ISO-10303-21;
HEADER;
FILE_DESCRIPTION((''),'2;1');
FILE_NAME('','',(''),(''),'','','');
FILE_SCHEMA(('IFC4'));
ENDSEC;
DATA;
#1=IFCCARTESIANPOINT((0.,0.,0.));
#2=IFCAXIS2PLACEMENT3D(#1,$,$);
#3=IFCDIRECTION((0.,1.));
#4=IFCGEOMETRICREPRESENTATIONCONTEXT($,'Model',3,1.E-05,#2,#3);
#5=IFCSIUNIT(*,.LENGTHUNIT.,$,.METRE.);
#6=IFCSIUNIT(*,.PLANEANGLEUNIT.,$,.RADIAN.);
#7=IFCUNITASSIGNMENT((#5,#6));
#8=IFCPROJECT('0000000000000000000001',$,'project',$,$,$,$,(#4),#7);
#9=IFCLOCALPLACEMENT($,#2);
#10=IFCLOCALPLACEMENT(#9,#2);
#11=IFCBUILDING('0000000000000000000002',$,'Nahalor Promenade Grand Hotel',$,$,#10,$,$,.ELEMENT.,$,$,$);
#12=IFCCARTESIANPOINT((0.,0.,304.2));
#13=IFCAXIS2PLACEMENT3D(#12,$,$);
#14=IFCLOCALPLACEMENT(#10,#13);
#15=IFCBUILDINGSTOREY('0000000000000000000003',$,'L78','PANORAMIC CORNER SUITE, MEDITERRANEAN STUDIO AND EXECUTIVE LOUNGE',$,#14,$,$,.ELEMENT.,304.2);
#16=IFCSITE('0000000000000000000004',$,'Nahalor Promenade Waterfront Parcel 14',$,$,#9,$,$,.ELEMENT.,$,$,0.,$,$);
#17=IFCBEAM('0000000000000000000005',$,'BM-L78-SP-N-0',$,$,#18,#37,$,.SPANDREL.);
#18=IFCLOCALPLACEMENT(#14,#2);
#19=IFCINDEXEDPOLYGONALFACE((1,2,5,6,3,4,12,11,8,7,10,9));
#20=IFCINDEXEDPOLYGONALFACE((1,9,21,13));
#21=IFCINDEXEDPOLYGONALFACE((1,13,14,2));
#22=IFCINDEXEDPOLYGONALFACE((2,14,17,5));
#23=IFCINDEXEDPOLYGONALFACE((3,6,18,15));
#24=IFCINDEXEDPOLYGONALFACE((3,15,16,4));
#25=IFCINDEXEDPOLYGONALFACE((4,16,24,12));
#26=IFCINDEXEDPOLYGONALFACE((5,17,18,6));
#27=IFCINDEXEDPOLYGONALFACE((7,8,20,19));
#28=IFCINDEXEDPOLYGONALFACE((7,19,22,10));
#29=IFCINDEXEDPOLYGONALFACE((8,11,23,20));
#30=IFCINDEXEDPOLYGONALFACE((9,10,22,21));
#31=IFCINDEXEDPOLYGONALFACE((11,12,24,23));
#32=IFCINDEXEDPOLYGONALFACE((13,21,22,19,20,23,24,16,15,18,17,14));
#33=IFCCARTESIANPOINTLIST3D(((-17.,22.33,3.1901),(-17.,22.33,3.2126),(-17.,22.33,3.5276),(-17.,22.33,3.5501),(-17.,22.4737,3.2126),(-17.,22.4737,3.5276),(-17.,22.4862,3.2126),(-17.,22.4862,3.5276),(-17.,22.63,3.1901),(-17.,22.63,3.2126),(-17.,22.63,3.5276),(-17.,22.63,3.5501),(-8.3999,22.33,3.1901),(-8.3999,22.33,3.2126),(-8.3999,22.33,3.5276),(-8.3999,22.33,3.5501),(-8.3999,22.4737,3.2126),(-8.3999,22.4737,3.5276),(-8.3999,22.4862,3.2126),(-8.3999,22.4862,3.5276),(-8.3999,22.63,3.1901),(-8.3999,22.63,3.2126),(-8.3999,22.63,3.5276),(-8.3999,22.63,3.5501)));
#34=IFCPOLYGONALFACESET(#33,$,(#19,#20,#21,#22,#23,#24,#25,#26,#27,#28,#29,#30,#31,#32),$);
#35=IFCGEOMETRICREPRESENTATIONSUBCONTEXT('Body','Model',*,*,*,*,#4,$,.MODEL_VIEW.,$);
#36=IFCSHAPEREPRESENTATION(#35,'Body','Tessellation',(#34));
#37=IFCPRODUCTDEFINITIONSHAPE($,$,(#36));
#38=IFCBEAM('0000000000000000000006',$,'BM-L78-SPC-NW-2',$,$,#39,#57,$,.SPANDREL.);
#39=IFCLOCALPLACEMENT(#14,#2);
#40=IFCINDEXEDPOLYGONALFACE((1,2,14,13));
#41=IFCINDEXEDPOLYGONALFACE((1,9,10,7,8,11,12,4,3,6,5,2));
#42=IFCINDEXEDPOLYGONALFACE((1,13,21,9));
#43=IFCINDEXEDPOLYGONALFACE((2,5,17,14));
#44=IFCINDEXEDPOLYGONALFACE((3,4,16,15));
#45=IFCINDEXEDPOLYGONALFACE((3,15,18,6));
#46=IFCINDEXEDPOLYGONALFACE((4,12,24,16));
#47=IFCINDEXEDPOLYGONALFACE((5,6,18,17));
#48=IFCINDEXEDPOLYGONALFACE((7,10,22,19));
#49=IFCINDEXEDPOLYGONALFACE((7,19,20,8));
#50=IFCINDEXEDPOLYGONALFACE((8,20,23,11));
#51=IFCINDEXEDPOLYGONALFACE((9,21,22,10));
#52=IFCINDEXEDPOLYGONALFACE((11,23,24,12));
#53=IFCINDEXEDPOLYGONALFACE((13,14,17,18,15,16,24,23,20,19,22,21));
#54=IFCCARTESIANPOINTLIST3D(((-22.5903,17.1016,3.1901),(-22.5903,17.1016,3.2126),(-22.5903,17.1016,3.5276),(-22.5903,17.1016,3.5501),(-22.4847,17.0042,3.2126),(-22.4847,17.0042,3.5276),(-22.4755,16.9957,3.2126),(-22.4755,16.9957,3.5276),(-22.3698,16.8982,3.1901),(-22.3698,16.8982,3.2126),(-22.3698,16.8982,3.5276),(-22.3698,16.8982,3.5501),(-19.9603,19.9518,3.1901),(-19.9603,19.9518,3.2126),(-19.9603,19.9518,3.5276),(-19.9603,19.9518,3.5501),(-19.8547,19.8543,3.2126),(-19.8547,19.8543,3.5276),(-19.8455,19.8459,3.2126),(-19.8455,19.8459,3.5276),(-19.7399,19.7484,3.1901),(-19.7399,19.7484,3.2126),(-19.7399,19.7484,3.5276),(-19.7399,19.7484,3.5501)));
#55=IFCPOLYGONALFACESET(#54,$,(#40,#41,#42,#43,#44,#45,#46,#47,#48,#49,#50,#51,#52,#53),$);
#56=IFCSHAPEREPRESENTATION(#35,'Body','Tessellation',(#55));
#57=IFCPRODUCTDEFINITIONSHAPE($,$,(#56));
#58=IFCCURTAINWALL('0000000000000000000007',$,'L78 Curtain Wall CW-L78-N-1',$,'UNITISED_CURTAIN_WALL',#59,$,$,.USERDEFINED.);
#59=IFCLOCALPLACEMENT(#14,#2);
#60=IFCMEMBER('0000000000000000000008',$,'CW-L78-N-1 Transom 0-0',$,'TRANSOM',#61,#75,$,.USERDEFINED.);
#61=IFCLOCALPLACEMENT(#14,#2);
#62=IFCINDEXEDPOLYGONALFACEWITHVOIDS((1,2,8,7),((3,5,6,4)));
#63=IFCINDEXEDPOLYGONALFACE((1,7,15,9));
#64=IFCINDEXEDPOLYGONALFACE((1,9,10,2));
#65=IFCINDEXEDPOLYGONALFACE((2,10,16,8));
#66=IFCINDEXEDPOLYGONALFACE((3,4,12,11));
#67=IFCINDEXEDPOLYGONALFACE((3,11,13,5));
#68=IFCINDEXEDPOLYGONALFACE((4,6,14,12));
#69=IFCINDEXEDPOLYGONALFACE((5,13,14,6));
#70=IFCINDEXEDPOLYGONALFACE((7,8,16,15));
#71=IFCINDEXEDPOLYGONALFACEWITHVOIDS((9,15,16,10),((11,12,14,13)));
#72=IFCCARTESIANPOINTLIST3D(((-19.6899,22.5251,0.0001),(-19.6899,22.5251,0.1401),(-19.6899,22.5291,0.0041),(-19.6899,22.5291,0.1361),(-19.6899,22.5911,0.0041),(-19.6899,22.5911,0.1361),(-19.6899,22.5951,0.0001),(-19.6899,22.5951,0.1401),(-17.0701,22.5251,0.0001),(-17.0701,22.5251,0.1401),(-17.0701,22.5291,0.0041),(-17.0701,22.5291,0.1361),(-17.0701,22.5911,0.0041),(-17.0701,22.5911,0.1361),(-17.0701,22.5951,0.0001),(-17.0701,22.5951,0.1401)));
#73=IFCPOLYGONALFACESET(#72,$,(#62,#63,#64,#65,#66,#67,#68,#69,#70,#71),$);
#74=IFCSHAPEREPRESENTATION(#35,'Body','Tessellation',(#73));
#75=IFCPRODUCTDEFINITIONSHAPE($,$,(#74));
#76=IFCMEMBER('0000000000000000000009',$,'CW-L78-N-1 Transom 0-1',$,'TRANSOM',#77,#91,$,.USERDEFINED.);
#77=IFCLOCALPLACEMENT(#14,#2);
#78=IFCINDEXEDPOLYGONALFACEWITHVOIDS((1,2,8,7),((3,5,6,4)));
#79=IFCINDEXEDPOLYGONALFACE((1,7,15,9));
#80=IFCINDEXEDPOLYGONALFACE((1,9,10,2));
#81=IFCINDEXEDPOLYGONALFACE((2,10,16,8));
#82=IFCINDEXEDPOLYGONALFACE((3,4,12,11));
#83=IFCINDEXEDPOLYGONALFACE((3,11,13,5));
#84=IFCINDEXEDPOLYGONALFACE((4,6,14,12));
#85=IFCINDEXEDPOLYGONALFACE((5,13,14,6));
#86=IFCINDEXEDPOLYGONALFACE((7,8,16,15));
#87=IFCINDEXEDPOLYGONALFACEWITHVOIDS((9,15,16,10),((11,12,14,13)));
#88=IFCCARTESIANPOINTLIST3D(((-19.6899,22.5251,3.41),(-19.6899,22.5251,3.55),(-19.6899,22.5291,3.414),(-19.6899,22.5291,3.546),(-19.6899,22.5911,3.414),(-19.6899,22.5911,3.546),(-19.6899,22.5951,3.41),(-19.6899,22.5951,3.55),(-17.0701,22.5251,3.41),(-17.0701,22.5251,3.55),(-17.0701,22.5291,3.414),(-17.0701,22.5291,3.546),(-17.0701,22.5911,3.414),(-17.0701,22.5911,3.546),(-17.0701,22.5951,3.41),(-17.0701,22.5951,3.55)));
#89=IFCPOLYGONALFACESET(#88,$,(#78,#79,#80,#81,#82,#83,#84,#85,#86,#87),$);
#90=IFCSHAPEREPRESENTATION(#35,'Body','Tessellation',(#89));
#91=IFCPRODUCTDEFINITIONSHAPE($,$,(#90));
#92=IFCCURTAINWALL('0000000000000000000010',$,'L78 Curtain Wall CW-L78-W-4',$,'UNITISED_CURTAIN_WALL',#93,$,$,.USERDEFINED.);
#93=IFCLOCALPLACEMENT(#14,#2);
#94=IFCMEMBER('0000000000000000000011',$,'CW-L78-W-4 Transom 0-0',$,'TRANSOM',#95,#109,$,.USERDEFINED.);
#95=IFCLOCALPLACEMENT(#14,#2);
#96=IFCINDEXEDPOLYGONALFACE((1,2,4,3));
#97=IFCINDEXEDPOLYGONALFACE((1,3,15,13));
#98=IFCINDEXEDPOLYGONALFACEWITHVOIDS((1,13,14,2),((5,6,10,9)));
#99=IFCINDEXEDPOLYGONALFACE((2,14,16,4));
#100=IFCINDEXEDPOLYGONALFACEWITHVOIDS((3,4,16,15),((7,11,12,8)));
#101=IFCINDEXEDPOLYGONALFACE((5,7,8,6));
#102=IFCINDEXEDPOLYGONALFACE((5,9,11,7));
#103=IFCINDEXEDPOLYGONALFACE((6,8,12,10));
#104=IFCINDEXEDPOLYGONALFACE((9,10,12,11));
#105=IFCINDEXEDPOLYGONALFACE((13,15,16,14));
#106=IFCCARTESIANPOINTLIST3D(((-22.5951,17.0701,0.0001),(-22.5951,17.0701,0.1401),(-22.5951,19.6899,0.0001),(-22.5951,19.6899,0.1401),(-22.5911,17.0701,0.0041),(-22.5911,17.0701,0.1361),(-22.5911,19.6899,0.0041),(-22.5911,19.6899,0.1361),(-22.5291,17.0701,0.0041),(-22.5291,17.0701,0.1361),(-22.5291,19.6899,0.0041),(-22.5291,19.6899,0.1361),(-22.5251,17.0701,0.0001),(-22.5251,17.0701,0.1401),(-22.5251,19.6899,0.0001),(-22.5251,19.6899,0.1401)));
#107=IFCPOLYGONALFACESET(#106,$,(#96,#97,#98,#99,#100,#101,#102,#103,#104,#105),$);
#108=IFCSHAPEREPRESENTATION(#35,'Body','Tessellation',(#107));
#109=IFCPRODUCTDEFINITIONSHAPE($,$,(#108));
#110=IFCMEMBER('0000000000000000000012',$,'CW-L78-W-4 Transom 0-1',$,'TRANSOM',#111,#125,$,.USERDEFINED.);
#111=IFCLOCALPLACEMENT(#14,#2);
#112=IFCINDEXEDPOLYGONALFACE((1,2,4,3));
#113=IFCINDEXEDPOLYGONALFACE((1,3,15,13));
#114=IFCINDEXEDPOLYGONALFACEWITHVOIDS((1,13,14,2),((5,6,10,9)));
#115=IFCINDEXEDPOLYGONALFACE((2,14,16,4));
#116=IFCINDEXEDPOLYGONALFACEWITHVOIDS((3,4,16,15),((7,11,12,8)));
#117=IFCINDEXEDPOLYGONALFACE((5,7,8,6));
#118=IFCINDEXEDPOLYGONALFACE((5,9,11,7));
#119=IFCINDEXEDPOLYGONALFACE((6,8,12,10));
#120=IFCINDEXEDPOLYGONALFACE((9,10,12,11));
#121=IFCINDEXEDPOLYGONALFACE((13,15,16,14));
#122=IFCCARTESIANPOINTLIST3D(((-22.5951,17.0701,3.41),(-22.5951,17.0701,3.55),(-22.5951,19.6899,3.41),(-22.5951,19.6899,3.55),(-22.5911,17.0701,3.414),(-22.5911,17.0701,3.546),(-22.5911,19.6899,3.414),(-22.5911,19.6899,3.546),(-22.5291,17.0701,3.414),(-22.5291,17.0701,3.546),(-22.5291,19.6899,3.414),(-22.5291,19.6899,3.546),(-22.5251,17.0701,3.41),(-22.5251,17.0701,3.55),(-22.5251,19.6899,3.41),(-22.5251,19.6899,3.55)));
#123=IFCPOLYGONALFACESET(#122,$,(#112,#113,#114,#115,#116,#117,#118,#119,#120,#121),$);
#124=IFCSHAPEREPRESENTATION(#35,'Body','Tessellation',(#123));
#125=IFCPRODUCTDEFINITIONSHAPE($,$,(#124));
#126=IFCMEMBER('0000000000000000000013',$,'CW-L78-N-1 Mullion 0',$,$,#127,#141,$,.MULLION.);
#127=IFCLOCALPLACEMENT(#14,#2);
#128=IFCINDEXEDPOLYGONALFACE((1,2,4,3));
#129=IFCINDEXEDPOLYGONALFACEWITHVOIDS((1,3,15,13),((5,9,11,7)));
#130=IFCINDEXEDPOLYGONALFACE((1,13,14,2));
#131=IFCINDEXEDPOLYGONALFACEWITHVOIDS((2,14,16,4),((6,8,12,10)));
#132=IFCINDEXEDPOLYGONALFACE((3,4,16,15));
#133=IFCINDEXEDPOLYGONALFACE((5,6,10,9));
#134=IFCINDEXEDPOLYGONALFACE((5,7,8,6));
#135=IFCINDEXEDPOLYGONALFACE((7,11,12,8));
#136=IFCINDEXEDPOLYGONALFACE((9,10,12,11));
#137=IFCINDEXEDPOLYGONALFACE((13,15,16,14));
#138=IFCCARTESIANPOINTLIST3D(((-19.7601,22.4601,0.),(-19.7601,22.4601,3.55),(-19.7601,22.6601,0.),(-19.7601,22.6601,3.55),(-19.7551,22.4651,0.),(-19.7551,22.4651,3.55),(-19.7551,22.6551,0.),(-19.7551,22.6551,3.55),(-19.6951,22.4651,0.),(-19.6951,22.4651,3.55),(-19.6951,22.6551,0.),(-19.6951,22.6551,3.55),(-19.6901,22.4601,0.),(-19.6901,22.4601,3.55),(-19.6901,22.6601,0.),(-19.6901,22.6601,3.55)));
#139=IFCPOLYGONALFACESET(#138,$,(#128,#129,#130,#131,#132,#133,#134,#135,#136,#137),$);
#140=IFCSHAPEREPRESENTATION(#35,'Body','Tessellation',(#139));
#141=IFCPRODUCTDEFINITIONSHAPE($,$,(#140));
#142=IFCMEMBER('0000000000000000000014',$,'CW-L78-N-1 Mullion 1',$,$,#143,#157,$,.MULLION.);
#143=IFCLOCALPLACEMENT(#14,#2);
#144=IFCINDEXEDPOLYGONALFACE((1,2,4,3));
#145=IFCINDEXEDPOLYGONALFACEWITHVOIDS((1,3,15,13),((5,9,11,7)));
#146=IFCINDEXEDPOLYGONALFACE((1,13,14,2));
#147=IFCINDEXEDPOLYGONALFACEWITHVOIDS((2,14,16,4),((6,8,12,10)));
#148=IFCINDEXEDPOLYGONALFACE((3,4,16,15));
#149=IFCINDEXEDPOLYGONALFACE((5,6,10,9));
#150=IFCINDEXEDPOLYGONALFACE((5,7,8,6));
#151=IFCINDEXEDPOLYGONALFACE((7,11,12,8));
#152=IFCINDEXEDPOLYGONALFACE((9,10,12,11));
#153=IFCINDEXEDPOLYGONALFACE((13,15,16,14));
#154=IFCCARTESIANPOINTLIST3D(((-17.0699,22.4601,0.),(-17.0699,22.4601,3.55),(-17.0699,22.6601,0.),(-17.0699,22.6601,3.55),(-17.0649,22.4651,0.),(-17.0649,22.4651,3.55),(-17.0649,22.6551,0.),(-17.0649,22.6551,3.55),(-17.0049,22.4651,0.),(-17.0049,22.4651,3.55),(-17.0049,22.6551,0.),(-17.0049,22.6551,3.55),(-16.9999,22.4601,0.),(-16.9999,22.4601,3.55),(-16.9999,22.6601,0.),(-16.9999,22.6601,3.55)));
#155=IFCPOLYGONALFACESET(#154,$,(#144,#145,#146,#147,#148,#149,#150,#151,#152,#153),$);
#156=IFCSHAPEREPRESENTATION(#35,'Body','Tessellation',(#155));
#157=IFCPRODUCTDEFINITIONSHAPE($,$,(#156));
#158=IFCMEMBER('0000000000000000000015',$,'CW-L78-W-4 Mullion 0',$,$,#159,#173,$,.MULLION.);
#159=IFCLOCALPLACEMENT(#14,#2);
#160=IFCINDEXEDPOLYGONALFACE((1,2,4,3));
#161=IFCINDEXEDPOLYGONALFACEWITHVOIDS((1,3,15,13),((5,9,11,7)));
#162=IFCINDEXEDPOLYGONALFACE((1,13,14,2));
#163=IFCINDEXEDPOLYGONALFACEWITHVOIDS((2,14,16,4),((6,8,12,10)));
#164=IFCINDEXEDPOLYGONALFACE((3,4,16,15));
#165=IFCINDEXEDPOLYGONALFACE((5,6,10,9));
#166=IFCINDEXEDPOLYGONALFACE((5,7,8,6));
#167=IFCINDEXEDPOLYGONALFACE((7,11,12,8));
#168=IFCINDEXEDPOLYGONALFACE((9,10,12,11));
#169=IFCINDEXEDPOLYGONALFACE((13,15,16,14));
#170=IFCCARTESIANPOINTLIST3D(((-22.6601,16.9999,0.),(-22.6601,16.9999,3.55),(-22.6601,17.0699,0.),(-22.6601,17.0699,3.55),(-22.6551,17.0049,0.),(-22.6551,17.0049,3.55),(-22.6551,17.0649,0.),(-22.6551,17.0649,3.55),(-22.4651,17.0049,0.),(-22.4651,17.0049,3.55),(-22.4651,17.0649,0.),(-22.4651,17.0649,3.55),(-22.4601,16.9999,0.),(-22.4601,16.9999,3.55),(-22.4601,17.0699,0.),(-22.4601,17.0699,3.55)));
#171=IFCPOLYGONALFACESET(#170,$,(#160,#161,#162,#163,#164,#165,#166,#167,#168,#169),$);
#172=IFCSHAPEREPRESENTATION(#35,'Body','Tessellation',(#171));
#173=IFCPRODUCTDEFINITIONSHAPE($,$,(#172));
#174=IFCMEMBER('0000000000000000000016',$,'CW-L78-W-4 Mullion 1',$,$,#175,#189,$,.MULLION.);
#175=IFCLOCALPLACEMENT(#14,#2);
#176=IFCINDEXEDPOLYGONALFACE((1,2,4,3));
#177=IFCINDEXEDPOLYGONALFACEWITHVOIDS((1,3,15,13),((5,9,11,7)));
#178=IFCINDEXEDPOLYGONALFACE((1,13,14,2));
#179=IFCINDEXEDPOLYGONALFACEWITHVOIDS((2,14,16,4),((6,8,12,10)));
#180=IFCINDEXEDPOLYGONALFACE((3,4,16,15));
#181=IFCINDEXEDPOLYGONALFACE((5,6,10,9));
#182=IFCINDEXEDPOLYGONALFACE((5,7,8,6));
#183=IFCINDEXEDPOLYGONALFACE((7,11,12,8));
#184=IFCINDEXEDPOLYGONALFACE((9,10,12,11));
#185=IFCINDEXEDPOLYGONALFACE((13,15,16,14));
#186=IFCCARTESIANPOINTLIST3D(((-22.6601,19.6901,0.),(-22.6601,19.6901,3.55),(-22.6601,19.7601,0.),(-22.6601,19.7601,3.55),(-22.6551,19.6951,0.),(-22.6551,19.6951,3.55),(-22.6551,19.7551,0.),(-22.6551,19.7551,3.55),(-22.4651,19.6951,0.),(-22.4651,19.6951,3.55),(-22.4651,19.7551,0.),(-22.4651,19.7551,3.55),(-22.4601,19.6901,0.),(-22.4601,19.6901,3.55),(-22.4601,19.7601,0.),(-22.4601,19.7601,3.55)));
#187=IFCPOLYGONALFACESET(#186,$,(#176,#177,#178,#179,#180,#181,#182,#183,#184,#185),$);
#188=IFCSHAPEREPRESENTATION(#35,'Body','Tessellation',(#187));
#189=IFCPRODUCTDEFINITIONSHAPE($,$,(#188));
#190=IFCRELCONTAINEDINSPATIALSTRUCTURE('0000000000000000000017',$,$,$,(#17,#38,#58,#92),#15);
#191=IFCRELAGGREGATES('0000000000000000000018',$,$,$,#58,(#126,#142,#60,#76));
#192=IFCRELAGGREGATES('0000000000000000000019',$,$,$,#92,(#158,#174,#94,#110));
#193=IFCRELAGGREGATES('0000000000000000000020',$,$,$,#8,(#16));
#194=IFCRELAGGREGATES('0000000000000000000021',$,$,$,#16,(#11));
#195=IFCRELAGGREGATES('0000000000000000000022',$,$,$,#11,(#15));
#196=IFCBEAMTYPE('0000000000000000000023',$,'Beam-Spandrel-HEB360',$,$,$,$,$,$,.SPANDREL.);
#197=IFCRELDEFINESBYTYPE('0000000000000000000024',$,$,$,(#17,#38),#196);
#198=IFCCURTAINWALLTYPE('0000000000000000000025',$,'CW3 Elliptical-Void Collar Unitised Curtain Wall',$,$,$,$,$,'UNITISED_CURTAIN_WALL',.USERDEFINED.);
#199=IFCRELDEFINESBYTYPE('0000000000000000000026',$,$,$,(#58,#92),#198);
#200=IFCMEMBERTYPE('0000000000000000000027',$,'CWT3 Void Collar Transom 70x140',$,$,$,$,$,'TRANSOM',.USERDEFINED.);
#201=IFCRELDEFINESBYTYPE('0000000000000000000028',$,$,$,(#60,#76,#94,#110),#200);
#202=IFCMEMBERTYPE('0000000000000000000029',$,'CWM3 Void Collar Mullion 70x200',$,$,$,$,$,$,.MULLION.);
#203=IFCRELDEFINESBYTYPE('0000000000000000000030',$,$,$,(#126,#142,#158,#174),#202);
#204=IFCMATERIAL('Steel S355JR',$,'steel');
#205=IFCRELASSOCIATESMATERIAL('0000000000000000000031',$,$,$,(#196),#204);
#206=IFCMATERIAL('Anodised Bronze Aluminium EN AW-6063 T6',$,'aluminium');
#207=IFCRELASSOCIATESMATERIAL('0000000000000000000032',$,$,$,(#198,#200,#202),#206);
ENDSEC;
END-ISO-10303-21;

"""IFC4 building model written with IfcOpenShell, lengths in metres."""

from ifc_helpers import new_model, si_unit, direction, frame, origin, origin_2d, place, context, subcontext, project, spatial, hollow_rectangle, i_section, extrude, source, transform, mapped, material, material_profile, profile_set, type_object, element, aggregate, save


model = new_model("IFC4")

# Units and contexts
model_context = context("Model", 3, precision=1e-05, world=origin(), true_north=direction((0.0, 1.0)))
body_context = subcontext(model_context, "Body", "Model", "MODEL_VIEW")
ifc_project = project(units=[si_unit("LENGTHUNIT", "METRE"), si_unit("PLANEANGLEUNIT", "RADIAN")], contexts=[model_context])

# Site, building, storey
site_placement = place(None, origin())
site = spatial("IfcSite", under=ifc_project, at=site_placement, Name="Nahalor Promenade Waterfront Parcel 14", CompositionType="ELEMENT", RefElevation=0.0)
building_placement = place(site_placement, origin())
building = spatial("IfcBuilding", under=site, at=building_placement, Name="Nahalor Promenade Grand Hotel", CompositionType="ELEMENT")
storey_placement = place(building_placement, frame((0.0, 0.0, 304.2)))
storey = spatial("IfcBuildingStorey", under=building, at=storey_placement, Name="L78", Description="PANORAMIC CORNER SUITE, MEDITERRANEAN STUDIO AND EXECUTIVE LOUNGE", CompositionType="ELEMENT", Elevation=304.2)

# Shared definitions
ifc_material_1 = material(Name="Steel S355JR", Category="steel")

# Beams
ifc_material_profile_1 = material_profile(ifc_material_1, i_section(OverallWidth=0.3, OverallDepth=0.36, WebThickness=0.0125, FlangeThickness=0.0225, at=origin_2d()), Name="HEB 360")
ifc_profile_set_1 = profile_set([ifc_material_profile_1], Name="Steel S355JR")
beam_type_1 = type_object("IfcBeamType", Name="Beam-Spandrel-HEB360", PredefinedType="SPANDREL", material=ifc_profile_set_1)
shared_shape_1 = source(origin(), body_context, "Body", "SweptSolid", [
    extrude(i_section(OverallWidth=0.3, OverallDepth=0.36, WebThickness=0.0125, FlangeThickness=0.0225, at=origin_2d()), origin(), (0.0, 0.0, 1.0), 8.6001),
])
beam_1_placement = place(storey_placement, frame((-17.0, 22.48, 3.3701), z_axis=(1.0, 0.0, 0.0), x_axis=(0.0, 1.0, 0.0)))
element("IfcBeam", 1, at=beam_1_placement, inside=storey, type_object=beam_type_1, Name="BM-L78-SP-N-0", PredefinedType="SPANDREL", context=body_context, shape_type="MappedRepresentation", body=[
    mapped(shared_shape_1, transform((0.0, 0.0, 0.0), scale=1.0)),
])
shared_shape_2 = source(origin(), body_context, "Body", "SweptSolid", [
    extrude(i_section(OverallWidth=0.3, OverallDepth=0.36, WebThickness=0.0125, FlangeThickness=0.0225, at=origin_2d()), origin(), (0.0, 0.0, 1.0), 3.8782),
])
beam_2_placement = place(storey_placement, frame((-19.8501, 19.8501, 3.3701), z_axis=(-0.678144, -0.734929, 0.0), x_axis=(0.734929, -0.678144, 0.0)))
element("IfcBeam", 2, at=beam_2_placement, inside=storey, type_object=beam_type_1, Name="BM-L78-SPC-NW-2", PredefinedType="SPANDREL", context=body_context, shape_type="MappedRepresentation", body=[
    mapped(shared_shape_2, transform((0.0, 0.0, 0.0), scale=1.0)),
])

# Curtain walls, members
ifc_material_2 = material(Name="Anodised Bronze Aluminium EN AW-6063 T6", Category="aluminium")
curtain_wall_type = type_object("IfcCurtainWallType", Name="CW3 Elliptical-Void Collar Unitised Curtain Wall", ElementType="UNITISED_CURTAIN_WALL", PredefinedType="USERDEFINED", material=ifc_material_2)
curtain_wall_1_placement = place(storey_placement, origin())
curtain_wall_1 = element("IfcCurtainWall", 3, at=curtain_wall_1_placement, inside=storey, type_object=curtain_wall_type, Name="L78 Curtain Wall CW-L78-N-1", ObjectType="UNITISED_CURTAIN_WALL", PredefinedType="USERDEFINED")
ifc_material_profile_2 = material_profile(ifc_material_2, hollow_rectangle(XDim=0.07, YDim=0.14, WallThickness=0.004, at=origin_2d()), Name="CWT 70x140x4")
ifc_profile_set_2 = profile_set([ifc_material_profile_2], Name="Anodised Bronze Aluminium EN AW-6063 T6")
member_type_1 = type_object("IfcMemberType", Name="CWT3 Void Collar Transom 70x140", ElementType="TRANSOM", PredefinedType="USERDEFINED", material=ifc_profile_set_2)
shared_shape_3 = source(origin(), body_context, "Body", "SweptSolid", [
    extrude(hollow_rectangle(XDim=0.07, YDim=0.14, WallThickness=0.004, at=origin_2d()), origin(), (0.0, 0.0, 1.0), 2.6199),
])
member_1_placement = place(storey_placement, frame((-19.6899, 22.5601, 0.0701), z_axis=(1.0, 0.0, 0.0), x_axis=(0.0, 1.0, 0.0)))
member_1 = element("IfcMember", 4, at=member_1_placement, type_object=member_type_1, Name="CW-L78-N-1 Transom 0-0", ObjectType="TRANSOM", PredefinedType="USERDEFINED", context=body_context, shape_type="MappedRepresentation", body=[
    mapped(shared_shape_3, transform((0.0, 0.0, 0.0), scale=1.0)),
])
member_2_placement = place(storey_placement, frame((-19.6899, 22.5601, 3.48), z_axis=(1.0, 0.0, 0.0), x_axis=(0.0, 1.0, 0.0)))
member_2 = element("IfcMember", 5, at=member_2_placement, type_object=member_type_1, Name="CW-L78-N-1 Transom 0-1", ObjectType="TRANSOM", PredefinedType="USERDEFINED", context=body_context, shape_type="MappedRepresentation", body=[
    mapped(shared_shape_3, transform((0.0, 0.0, 0.0), scale=1.0)),
])
curtain_wall_2_placement = place(storey_placement, origin())
curtain_wall_2 = element("IfcCurtainWall", 6, at=curtain_wall_2_placement, inside=storey, type_object=curtain_wall_type, Name="L78 Curtain Wall CW-L78-W-4", ObjectType="UNITISED_CURTAIN_WALL", PredefinedType="USERDEFINED")
member_3_placement = place(storey_placement, frame((-22.5601, 17.0701, 0.0701), z_axis=(0.0, 1.0, 0.0), x_axis=(-1.0, 0.0, 0.0)))
member_3 = element("IfcMember", 7, at=member_3_placement, type_object=member_type_1, Name="CW-L78-W-4 Transom 0-0", ObjectType="TRANSOM", PredefinedType="USERDEFINED", context=body_context, shape_type="MappedRepresentation", body=[
    mapped(shared_shape_3, transform((0.0, 0.0, 0.0), scale=1.0)),
])
member_4_placement = place(storey_placement, frame((-22.5601, 17.0701, 3.48), z_axis=(0.0, 1.0, 0.0), x_axis=(-1.0, 0.0, 0.0)))
member_4 = element("IfcMember", 8, at=member_4_placement, type_object=member_type_1, Name="CW-L78-W-4 Transom 0-1", ObjectType="TRANSOM", PredefinedType="USERDEFINED", context=body_context, shape_type="MappedRepresentation", body=[
    mapped(shared_shape_3, transform((0.0, 0.0, 0.0), scale=1.0)),
])

# Members
ifc_material_profile_3 = material_profile(ifc_material_2, hollow_rectangle(XDim=0.07, YDim=0.2, WallThickness=0.005, at=origin_2d()), Name="CWM 70x200x5")
ifc_profile_set_3 = profile_set([ifc_material_profile_3], Name="Anodised Bronze Aluminium EN AW-6063 T6")
member_type_2 = type_object("IfcMemberType", Name="CWM3 Void Collar Mullion 70x200", PredefinedType="MULLION", material=ifc_profile_set_3)
shared_shape_4 = source(origin(), body_context, "Body", "SweptSolid", [
    extrude(hollow_rectangle(XDim=0.07, YDim=0.2, WallThickness=0.005, at=origin_2d()), origin(), (0.0, 0.0, 1.0), 3.55),
])
member_5_placement = place(storey_placement, frame((-19.7251, 22.5601, 0.0), z_axis=(0.0, 0.0, 1.0), x_axis=(1.0, 0.0, 0.0)))
member_5 = element("IfcMember", 9, at=member_5_placement, type_object=member_type_2, Name="CW-L78-N-1 Mullion 0", PredefinedType="MULLION", context=body_context, shape_type="MappedRepresentation", body=[
    mapped(shared_shape_4, transform((0.0, 0.0, 0.0), scale=1.0)),
])
member_6_placement = place(storey_placement, frame((-17.0349, 22.5601, 0.0), z_axis=(0.0, 0.0, 1.0), x_axis=(1.0, 0.0, 0.0)))
member_6 = element("IfcMember", 10, at=member_6_placement, type_object=member_type_2, Name="CW-L78-N-1 Mullion 1", PredefinedType="MULLION", context=body_context, shape_type="MappedRepresentation", body=[
    mapped(shared_shape_4, transform((0.0, 0.0, 0.0), scale=1.0)),
])
member_7_placement = place(storey_placement, frame((-22.5601, 17.0349, 0.0), z_axis=(0.0, 0.0, 1.0), x_axis=(0.0, 1.0, 0.0)))
member_7 = element("IfcMember", 11, at=member_7_placement, type_object=member_type_2, Name="CW-L78-W-4 Mullion 0", PredefinedType="MULLION", context=body_context, shape_type="MappedRepresentation", body=[
    mapped(shared_shape_4, transform((0.0, 0.0, 0.0), scale=1.0)),
])
member_8_placement = place(storey_placement, frame((-22.5601, 19.7251, 0.0), z_axis=(0.0, 0.0, 1.0), x_axis=(0.0, 1.0, 0.0)))
member_8 = element("IfcMember", 12, at=member_8_placement, type_object=member_type_2, Name="CW-L78-W-4 Mullion 1", PredefinedType="MULLION", context=body_context, shape_type="MappedRepresentation", body=[
    mapped(shared_shape_4, transform((0.0, 0.0, 0.0), scale=1.0)),
])

aggregate(curtain_wall_1, [member_5, member_6, member_1, member_2])
aggregate(curtain_wall_2, [member_7, member_8, member_3, member_4])

save(model, "model.ifc")
